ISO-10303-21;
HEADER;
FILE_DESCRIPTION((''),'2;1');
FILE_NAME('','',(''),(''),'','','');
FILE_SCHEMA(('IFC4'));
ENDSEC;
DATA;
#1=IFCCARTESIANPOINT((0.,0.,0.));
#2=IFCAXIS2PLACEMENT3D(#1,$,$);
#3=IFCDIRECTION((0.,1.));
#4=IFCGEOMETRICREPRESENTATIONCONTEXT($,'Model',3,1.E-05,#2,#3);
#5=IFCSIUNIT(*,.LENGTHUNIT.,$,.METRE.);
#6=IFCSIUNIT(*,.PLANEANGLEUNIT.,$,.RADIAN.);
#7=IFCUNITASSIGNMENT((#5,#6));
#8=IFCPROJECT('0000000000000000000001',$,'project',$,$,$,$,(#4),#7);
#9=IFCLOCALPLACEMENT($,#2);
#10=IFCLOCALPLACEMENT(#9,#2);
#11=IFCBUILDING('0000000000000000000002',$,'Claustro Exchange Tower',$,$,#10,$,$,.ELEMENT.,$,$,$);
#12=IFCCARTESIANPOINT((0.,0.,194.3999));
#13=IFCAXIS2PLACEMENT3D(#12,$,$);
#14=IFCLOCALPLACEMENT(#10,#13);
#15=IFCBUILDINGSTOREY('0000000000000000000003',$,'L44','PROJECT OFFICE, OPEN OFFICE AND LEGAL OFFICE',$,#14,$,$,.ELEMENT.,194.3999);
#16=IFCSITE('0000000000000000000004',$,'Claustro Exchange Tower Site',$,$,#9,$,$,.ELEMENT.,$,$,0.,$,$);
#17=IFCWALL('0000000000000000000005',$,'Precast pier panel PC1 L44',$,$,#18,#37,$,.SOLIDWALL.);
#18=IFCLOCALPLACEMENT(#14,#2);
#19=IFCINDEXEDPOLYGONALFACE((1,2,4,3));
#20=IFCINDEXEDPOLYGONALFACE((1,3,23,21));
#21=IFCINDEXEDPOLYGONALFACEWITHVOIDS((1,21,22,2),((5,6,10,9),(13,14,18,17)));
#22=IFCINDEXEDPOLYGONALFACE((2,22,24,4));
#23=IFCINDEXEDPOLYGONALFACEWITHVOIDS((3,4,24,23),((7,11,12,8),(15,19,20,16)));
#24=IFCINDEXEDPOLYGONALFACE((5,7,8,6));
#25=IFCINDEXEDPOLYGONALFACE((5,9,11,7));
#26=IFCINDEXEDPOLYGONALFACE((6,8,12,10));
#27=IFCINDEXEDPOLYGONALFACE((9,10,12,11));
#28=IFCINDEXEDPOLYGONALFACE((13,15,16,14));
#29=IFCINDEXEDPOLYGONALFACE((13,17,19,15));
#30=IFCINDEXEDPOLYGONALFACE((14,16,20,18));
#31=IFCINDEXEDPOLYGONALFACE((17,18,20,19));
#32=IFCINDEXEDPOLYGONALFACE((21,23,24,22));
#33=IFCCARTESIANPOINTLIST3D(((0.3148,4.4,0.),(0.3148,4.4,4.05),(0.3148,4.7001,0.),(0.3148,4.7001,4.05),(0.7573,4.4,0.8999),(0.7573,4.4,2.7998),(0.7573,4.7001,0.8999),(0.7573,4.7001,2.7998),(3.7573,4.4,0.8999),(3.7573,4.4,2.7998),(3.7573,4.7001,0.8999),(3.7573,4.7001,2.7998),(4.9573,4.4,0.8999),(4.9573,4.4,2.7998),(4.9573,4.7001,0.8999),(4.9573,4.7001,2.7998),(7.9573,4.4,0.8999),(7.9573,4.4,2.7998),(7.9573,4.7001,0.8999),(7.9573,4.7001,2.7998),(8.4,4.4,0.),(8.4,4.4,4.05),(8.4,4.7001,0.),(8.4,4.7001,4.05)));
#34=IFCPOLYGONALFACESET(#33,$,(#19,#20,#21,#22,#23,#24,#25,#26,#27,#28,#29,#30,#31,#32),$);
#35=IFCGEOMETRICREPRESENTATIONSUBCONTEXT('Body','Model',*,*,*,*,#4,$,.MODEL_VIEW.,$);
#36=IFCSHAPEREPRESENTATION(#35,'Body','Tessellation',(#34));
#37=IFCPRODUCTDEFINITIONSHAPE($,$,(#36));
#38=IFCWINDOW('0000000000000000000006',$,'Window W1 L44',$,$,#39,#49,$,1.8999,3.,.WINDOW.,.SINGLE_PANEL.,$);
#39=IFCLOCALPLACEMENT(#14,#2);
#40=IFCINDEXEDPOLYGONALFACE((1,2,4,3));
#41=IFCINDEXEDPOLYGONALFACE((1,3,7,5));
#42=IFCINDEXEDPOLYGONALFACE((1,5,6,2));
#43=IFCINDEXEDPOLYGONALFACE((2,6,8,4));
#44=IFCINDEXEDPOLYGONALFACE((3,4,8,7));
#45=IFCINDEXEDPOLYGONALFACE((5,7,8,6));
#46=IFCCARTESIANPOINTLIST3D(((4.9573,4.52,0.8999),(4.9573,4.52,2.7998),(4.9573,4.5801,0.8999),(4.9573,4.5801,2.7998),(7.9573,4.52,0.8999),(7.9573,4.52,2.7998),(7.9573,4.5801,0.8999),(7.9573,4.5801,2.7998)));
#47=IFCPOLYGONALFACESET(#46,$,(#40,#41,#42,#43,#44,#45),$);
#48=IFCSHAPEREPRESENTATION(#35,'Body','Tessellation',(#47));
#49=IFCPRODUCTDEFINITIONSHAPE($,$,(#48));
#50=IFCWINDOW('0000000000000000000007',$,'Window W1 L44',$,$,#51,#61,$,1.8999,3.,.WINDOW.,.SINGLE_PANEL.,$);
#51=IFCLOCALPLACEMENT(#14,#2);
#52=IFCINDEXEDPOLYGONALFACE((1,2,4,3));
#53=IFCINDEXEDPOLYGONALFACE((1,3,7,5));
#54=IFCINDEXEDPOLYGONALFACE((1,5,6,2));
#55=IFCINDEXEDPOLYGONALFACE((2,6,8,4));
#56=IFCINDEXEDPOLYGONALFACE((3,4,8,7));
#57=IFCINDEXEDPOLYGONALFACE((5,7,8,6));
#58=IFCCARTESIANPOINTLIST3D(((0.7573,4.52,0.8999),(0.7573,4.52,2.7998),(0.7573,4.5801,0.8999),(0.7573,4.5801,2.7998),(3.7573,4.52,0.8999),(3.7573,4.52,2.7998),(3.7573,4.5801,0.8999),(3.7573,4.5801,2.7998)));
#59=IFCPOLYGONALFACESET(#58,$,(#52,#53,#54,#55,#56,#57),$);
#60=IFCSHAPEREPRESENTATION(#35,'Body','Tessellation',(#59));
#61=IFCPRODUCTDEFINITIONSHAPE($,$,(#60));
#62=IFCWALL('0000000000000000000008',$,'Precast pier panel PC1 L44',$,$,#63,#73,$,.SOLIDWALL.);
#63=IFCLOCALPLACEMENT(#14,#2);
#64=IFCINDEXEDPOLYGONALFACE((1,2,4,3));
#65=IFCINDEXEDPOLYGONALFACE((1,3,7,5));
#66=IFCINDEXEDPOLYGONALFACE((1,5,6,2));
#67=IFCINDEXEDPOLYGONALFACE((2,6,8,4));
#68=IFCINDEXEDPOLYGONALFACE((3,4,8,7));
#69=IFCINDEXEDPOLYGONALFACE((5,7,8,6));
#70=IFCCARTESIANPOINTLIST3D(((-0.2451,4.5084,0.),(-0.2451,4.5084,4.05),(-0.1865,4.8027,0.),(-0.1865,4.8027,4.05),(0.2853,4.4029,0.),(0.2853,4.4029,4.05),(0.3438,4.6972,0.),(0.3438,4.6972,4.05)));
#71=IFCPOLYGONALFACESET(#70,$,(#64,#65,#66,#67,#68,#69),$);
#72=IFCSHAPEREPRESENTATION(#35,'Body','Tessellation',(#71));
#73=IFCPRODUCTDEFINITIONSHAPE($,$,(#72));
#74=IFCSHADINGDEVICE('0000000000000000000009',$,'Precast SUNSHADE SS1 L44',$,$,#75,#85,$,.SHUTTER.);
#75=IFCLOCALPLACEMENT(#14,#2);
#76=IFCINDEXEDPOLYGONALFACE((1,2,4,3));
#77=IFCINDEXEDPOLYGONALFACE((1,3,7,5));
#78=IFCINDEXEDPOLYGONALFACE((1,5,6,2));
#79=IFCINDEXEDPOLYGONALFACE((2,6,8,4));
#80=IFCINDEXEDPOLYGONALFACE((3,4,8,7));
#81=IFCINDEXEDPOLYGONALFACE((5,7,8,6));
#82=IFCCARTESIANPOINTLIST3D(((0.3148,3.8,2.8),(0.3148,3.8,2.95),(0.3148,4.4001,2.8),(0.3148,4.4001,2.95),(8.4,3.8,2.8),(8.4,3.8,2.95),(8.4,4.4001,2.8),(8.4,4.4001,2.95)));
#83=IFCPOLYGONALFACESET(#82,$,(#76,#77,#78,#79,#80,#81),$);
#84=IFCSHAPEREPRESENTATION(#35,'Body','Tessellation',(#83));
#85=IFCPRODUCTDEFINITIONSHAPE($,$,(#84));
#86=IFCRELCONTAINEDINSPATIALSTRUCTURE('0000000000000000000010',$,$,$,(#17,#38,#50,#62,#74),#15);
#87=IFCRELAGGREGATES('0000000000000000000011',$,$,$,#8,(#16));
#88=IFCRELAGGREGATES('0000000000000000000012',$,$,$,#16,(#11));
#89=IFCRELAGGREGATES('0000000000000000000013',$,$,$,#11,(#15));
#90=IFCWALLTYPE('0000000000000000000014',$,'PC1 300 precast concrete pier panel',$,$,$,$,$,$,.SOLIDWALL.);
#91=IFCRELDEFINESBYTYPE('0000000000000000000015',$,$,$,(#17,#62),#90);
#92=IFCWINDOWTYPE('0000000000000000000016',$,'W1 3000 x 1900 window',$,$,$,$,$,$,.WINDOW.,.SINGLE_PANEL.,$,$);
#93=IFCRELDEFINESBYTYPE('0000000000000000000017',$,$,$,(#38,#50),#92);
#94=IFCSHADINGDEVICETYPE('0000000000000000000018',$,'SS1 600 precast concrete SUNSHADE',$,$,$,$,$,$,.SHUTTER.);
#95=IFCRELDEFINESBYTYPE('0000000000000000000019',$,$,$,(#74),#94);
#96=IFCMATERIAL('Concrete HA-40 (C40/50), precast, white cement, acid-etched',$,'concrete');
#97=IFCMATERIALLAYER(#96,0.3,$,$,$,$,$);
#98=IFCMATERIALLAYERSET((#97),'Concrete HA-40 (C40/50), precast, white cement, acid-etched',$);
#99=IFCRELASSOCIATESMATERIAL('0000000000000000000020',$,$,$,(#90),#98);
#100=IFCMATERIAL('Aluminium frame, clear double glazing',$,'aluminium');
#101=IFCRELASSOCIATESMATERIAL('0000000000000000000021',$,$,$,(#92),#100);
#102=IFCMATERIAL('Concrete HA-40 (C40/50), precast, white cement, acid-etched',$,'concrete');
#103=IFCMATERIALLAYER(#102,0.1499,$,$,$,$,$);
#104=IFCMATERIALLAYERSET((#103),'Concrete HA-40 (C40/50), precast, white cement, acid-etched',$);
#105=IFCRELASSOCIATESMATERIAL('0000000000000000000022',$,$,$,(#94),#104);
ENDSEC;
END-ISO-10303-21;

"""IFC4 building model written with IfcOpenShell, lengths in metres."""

from ifc_helpers import new_model, si_unit, direction, frame, frame_2d, origin, origin_2d, place, context, subcontext, project, spatial, rectangle, extrude, material, layer, layer_set, type_object, element, fill, save


model = new_model("IFC4")

# Units and contexts
model_context = context("Model", 3, precision=1e-05, world=origin(), true_north=direction((0.0, 1.0)))
body_context = subcontext(model_context, "Body", "Model", "MODEL_VIEW")
ifc_project = project(units=[si_unit("LENGTHUNIT", "METRE"), si_unit("PLANEANGLEUNIT", "RADIAN")], contexts=[model_context])

# Site, building, storey
site_placement = place(None, origin())
site = spatial("IfcSite", under=ifc_project, at=site_placement, Name="Claustro Exchange Tower Site", CompositionType="ELEMENT", RefElevation=0.0)
building_placement = place(site_placement, origin())
building = spatial("IfcBuilding", under=site, at=building_placement, Name="Claustro Exchange Tower", CompositionType="ELEMENT")
storey_placement = place(building_placement, frame((0.0, 0.0, 194.3999)))
storey = spatial("IfcBuildingStorey", under=building, at=storey_placement, Name="L44", Description="PROJECT OFFICE, OPEN OFFICE AND LEGAL OFFICE", CompositionType="ELEMENT", Elevation=194.3999)

# Wall, openings, windows
ifc_material_1 = material(Name="Concrete HA-40 (C40/50), precast, white cement, acid-etched", Category="concrete")
ifc_layer_1 = layer(ifc_material_1, 0.3)
ifc_layer_set_1 = layer_set([ifc_layer_1], Name="Concrete HA-40 (C40/50), precast, white cement, acid-etched")
wall_type_1 = type_object("IfcWallType", Name="PC1 300 precast concrete pier panel", PredefinedType="SOLIDWALL", material=ifc_layer_set_1)
wall_1_placement = place(storey_placement, frame((8.3999, 4.55, 0.0), z_axis=(0.0, 0.0, 1.0), x_axis=(-1.0, 0.0, 0.0)))
wall_1 = element("IfcWall", 1, at=wall_1_placement, inside=storey, type_object=wall_type_1, Name="Precast pier panel PC1 L44", PredefinedType="SOLIDWALL", context=body_context, shape_type="SweptSolid", body=[
    extrude(rectangle(XDim=8.0852, YDim=0.3, at=frame_2d((4.0425, 0.0))), origin(), (0.0, 0.0, 1.0), 4.05),
])
opening_1_placement = place(wall_1_placement, frame((0.4426, 0.0, 0.8999)))
opening_1 = element("IfcOpeningElement", 2, at=opening_1_placement, cuts=wall_1, PredefinedType="OPENING", context=body_context, shape_type="SweptSolid", body=[
    extrude(rectangle(XDim=3.0, YDim=1.8999, at=frame_2d((1.5, 0.95))), frame((0.0, 0.1599, 0.0), z_axis=(0.0, -1.0, 0.0), x_axis=(1.0, 0.0, 0.0)), (0.0, 0.0, 1.0), 0.3201),
])
opening_2_placement = place(wall_1_placement, frame((4.6426, 0.0, 0.8999)))
opening_2 = element("IfcOpeningElement", 3, at=opening_2_placement, cuts=wall_1, PredefinedType="OPENING", context=body_context, shape_type="SweptSolid", body=[
    extrude(rectangle(XDim=3.0, YDim=1.8999, at=frame_2d((1.5, 0.95))), frame((0.0, 0.1599, 0.0), z_axis=(0.0, -1.0, 0.0), x_axis=(1.0, 0.0, 0.0)), (0.0, 0.0, 1.0), 0.3201),
])
ifc_material_2 = material(Name="Aluminium frame, clear double glazing", Category="aluminium")
window_type = type_object("IfcWindowType", Name="W1 3000 x 1900 window", PartitioningType="SINGLE_PANEL", PredefinedType="WINDOW", material=ifc_material_2)
window_1_placement = place(opening_1_placement, origin())
window_1 = element("IfcWindow", 4, at=window_1_placement, inside=storey, type_object=window_type, Name="Window W1 L44", OverallHeight=1.8999, OverallWidth=3.0, PartitioningType="SINGLE_PANEL", PredefinedType="WINDOW", context=body_context, shape_type="SweptSolid", body=[
    extrude(rectangle(XDim=3.0, YDim=1.8999, at=frame_2d((1.5, 0.95))), frame((0.0, 0.03, 0.0), z_axis=(0.0, -1.0, 0.0), x_axis=(1.0, 0.0, 0.0)), (0.0, 0.0, 1.0), 0.0601),
])
fill(opening_1, window_1)
window_2_placement = place(opening_2_placement, origin())
window_2 = element("IfcWindow", 5, at=window_2_placement, inside=storey, type_object=window_type, Name="Window W1 L44", OverallHeight=1.8999, OverallWidth=3.0, PartitioningType="SINGLE_PANEL", PredefinedType="WINDOW", context=body_context, shape_type="SweptSolid", body=[
    extrude(rectangle(XDim=3.0, YDim=1.8999, at=frame_2d((1.5, 0.95))), frame((0.0, 0.03, 0.0), z_axis=(0.0, -1.0, 0.0), x_axis=(1.0, 0.0, 0.0)), (0.0, 0.0, 1.0), 0.0601),
])
fill(opening_2, window_2)

# Wall
wall_2_placement = place(storey_placement, frame((0.3147, 4.55, 0.0), z_axis=(0.0, 0.0, 1.0), x_axis=(-0.980789, 0.195074, 0.0)))
element("IfcWall", 6, at=wall_2_placement, inside=storey, type_object=wall_type_1, Name="Precast pier panel PC1 L44", PredefinedType="SOLIDWALL", context=body_context, shape_type="SweptSolid", body=[
    extrude(rectangle(XDim=0.5408, YDim=0.3, at=frame_2d((0.2705, 0.0))), origin(), (0.0, 0.0, 1.0), 4.05),
])

# Shading device
ifc_material_3 = material(Name="Concrete HA-40 (C40/50), precast, white cement, acid-etched", Category="concrete")
ifc_layer_2 = layer(ifc_material_3, 0.1499)
ifc_layer_set_2 = layer_set([ifc_layer_2], Name="Concrete HA-40 (C40/50), precast, white cement, acid-etched")
shading_device_type = type_object("IfcShadingDeviceType", Name="SS1 600 precast concrete SUNSHADE", PredefinedType="SHUTTER", material=ifc_layer_set_2)
shading_device_placement = place(storey_placement, frame((4.3574, 4.1001, 2.8), z_axis=(0.0, 0.0, 1.0), x_axis=(-1.0, 0.0, 0.0)))
element("IfcShadingDevice", 7, at=shading_device_placement, inside=storey, type_object=shading_device_type, Name="Precast SUNSHADE SS1 L44", PredefinedType="SHUTTER", context=body_context, shape_type="SweptSolid", body=[
    extrude(rectangle(XDim=8.0852, YDim=0.6001, at=origin_2d()), origin(), (0.0, 0.0, 1.0), 0.1499),
])

save(model, "model.ifc")
